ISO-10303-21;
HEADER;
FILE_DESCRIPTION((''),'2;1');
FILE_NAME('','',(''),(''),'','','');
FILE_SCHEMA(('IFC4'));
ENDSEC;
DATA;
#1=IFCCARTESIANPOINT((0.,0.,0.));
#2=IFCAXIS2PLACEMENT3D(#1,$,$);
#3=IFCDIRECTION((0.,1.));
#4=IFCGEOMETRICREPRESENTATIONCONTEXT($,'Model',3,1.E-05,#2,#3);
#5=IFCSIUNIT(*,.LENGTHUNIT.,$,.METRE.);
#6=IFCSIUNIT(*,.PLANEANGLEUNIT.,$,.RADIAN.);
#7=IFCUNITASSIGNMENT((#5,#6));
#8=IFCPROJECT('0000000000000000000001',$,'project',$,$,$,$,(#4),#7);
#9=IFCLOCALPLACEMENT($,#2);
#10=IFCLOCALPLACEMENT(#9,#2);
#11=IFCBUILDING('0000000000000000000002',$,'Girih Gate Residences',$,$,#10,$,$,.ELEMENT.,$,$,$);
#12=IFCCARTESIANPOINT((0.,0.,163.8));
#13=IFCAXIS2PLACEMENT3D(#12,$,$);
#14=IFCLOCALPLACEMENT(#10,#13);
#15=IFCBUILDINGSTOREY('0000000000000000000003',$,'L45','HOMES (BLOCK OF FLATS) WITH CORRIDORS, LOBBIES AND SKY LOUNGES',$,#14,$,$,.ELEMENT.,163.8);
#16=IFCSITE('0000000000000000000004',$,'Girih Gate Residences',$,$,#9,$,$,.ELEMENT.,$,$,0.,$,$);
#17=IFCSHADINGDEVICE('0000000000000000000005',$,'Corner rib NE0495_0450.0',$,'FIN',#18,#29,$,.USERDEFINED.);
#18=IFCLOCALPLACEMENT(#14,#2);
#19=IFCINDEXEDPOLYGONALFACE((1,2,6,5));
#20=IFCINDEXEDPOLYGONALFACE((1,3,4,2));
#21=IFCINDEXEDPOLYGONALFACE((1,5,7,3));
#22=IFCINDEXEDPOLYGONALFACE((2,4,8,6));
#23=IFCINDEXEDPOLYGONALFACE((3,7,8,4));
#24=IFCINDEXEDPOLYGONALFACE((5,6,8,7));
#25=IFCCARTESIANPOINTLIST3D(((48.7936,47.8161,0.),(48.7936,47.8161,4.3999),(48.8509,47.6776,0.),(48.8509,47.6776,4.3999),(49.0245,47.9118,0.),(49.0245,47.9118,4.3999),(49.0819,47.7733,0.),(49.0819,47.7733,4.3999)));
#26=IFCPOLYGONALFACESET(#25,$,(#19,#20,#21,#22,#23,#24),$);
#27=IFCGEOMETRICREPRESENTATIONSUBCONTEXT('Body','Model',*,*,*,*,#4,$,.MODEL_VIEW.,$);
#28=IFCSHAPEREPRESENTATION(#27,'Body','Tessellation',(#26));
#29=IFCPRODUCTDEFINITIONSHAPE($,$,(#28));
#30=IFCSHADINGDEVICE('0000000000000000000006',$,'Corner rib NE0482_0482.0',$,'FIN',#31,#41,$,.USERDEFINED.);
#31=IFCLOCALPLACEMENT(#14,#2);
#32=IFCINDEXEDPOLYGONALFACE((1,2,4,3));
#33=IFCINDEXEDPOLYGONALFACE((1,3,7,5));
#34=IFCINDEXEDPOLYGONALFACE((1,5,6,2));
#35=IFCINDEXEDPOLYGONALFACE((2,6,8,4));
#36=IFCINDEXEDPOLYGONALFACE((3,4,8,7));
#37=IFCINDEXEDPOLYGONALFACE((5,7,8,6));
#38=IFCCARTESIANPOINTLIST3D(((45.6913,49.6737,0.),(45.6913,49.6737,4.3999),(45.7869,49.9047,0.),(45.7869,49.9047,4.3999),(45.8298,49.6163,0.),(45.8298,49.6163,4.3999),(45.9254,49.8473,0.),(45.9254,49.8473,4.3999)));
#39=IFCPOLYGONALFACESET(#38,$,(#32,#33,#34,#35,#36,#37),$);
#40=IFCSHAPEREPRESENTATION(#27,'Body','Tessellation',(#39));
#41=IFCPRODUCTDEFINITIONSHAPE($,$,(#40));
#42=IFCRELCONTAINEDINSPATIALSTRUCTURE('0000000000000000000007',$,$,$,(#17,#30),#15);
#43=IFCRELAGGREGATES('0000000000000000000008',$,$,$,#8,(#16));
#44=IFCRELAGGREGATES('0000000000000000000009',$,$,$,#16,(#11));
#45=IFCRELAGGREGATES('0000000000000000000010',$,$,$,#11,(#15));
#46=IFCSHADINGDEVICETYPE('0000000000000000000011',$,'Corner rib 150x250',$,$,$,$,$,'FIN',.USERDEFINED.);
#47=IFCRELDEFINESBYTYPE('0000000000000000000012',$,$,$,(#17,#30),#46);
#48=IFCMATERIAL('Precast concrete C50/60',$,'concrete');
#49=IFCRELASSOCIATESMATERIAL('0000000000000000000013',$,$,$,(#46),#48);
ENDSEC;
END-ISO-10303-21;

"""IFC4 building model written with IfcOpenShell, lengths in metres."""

from ifc_helpers import new_model, si_unit, direction, frame, origin, origin_2d, place, context, subcontext, project, spatial, rectangle, extrude, material, type_object, element, save


model = new_model("IFC4")

# Units and contexts
model_context = context("Model", 3, precision=1e-05, world=origin(), true_north=direction((0.0, 1.0)))
body_context = subcontext(model_context, "Body", "Model", "MODEL_VIEW")
ifc_project = project(units=[si_unit("LENGTHUNIT", "METRE"), si_unit("PLANEANGLEUNIT", "RADIAN")], contexts=[model_context])

# Site, building, storey
site_placement = place(None, origin())
site = spatial("IfcSite", under=ifc_project, at=site_placement, Name="Girih Gate Residences", CompositionType="ELEMENT", RefElevation=0.0)
building_placement = place(site_placement, origin())
building = spatial("IfcBuilding", under=site, at=building_placement, Name="Girih Gate Residences", CompositionType="ELEMENT")
storey_placement = place(building_placement, frame((0.0, 0.0, 163.8)))
storey = spatial("IfcBuildingStorey", under=building, at=storey_placement, Name="L45", Description="HOMES (BLOCK OF FLATS) WITH CORRIDORS, LOBBIES AND SKY LOUNGES", CompositionType="ELEMENT", Elevation=163.8)

# Shared definitions
ifc_material_1 = material(Name="Precast concrete C50/60", Category="concrete")

# Shading devices
shading_device_type = type_object("IfcShadingDeviceType", Name="Corner rib 150x250", ElementType="FIN", PredefinedType="USERDEFINED", material=ifc_material_1)
for number, where, z_axis, x_axis, name in (
    (1, (48.9377, 47.7947, 0.0), (0.0, 0.0, 1.0), (-0.382683, 0.92388, 0.0), "Corner rib NE0495_0450.0"),
    (2, (45.8083, 49.7605, 0.0), (0.0, 0.0, 1.0), (-0.92388, 0.382683, 0.0), "Corner rib NE0482_0482.0"),
):
    element("IfcShadingDevice", number, at=place(storey_placement, frame(where, z_axis=z_axis, x_axis=x_axis)), inside=storey, type_object=shading_device_type, Name=name, ObjectType="FIN", PredefinedType="USERDEFINED", context=body_context, shape_type="SweptSolid", body=[
        extrude(rectangle(XDim=0.1499, YDim=0.25, at=origin_2d()), origin(), (0.0, 0.0, 1.0), 4.3999),
    ])

save(model, "model.ifc")
